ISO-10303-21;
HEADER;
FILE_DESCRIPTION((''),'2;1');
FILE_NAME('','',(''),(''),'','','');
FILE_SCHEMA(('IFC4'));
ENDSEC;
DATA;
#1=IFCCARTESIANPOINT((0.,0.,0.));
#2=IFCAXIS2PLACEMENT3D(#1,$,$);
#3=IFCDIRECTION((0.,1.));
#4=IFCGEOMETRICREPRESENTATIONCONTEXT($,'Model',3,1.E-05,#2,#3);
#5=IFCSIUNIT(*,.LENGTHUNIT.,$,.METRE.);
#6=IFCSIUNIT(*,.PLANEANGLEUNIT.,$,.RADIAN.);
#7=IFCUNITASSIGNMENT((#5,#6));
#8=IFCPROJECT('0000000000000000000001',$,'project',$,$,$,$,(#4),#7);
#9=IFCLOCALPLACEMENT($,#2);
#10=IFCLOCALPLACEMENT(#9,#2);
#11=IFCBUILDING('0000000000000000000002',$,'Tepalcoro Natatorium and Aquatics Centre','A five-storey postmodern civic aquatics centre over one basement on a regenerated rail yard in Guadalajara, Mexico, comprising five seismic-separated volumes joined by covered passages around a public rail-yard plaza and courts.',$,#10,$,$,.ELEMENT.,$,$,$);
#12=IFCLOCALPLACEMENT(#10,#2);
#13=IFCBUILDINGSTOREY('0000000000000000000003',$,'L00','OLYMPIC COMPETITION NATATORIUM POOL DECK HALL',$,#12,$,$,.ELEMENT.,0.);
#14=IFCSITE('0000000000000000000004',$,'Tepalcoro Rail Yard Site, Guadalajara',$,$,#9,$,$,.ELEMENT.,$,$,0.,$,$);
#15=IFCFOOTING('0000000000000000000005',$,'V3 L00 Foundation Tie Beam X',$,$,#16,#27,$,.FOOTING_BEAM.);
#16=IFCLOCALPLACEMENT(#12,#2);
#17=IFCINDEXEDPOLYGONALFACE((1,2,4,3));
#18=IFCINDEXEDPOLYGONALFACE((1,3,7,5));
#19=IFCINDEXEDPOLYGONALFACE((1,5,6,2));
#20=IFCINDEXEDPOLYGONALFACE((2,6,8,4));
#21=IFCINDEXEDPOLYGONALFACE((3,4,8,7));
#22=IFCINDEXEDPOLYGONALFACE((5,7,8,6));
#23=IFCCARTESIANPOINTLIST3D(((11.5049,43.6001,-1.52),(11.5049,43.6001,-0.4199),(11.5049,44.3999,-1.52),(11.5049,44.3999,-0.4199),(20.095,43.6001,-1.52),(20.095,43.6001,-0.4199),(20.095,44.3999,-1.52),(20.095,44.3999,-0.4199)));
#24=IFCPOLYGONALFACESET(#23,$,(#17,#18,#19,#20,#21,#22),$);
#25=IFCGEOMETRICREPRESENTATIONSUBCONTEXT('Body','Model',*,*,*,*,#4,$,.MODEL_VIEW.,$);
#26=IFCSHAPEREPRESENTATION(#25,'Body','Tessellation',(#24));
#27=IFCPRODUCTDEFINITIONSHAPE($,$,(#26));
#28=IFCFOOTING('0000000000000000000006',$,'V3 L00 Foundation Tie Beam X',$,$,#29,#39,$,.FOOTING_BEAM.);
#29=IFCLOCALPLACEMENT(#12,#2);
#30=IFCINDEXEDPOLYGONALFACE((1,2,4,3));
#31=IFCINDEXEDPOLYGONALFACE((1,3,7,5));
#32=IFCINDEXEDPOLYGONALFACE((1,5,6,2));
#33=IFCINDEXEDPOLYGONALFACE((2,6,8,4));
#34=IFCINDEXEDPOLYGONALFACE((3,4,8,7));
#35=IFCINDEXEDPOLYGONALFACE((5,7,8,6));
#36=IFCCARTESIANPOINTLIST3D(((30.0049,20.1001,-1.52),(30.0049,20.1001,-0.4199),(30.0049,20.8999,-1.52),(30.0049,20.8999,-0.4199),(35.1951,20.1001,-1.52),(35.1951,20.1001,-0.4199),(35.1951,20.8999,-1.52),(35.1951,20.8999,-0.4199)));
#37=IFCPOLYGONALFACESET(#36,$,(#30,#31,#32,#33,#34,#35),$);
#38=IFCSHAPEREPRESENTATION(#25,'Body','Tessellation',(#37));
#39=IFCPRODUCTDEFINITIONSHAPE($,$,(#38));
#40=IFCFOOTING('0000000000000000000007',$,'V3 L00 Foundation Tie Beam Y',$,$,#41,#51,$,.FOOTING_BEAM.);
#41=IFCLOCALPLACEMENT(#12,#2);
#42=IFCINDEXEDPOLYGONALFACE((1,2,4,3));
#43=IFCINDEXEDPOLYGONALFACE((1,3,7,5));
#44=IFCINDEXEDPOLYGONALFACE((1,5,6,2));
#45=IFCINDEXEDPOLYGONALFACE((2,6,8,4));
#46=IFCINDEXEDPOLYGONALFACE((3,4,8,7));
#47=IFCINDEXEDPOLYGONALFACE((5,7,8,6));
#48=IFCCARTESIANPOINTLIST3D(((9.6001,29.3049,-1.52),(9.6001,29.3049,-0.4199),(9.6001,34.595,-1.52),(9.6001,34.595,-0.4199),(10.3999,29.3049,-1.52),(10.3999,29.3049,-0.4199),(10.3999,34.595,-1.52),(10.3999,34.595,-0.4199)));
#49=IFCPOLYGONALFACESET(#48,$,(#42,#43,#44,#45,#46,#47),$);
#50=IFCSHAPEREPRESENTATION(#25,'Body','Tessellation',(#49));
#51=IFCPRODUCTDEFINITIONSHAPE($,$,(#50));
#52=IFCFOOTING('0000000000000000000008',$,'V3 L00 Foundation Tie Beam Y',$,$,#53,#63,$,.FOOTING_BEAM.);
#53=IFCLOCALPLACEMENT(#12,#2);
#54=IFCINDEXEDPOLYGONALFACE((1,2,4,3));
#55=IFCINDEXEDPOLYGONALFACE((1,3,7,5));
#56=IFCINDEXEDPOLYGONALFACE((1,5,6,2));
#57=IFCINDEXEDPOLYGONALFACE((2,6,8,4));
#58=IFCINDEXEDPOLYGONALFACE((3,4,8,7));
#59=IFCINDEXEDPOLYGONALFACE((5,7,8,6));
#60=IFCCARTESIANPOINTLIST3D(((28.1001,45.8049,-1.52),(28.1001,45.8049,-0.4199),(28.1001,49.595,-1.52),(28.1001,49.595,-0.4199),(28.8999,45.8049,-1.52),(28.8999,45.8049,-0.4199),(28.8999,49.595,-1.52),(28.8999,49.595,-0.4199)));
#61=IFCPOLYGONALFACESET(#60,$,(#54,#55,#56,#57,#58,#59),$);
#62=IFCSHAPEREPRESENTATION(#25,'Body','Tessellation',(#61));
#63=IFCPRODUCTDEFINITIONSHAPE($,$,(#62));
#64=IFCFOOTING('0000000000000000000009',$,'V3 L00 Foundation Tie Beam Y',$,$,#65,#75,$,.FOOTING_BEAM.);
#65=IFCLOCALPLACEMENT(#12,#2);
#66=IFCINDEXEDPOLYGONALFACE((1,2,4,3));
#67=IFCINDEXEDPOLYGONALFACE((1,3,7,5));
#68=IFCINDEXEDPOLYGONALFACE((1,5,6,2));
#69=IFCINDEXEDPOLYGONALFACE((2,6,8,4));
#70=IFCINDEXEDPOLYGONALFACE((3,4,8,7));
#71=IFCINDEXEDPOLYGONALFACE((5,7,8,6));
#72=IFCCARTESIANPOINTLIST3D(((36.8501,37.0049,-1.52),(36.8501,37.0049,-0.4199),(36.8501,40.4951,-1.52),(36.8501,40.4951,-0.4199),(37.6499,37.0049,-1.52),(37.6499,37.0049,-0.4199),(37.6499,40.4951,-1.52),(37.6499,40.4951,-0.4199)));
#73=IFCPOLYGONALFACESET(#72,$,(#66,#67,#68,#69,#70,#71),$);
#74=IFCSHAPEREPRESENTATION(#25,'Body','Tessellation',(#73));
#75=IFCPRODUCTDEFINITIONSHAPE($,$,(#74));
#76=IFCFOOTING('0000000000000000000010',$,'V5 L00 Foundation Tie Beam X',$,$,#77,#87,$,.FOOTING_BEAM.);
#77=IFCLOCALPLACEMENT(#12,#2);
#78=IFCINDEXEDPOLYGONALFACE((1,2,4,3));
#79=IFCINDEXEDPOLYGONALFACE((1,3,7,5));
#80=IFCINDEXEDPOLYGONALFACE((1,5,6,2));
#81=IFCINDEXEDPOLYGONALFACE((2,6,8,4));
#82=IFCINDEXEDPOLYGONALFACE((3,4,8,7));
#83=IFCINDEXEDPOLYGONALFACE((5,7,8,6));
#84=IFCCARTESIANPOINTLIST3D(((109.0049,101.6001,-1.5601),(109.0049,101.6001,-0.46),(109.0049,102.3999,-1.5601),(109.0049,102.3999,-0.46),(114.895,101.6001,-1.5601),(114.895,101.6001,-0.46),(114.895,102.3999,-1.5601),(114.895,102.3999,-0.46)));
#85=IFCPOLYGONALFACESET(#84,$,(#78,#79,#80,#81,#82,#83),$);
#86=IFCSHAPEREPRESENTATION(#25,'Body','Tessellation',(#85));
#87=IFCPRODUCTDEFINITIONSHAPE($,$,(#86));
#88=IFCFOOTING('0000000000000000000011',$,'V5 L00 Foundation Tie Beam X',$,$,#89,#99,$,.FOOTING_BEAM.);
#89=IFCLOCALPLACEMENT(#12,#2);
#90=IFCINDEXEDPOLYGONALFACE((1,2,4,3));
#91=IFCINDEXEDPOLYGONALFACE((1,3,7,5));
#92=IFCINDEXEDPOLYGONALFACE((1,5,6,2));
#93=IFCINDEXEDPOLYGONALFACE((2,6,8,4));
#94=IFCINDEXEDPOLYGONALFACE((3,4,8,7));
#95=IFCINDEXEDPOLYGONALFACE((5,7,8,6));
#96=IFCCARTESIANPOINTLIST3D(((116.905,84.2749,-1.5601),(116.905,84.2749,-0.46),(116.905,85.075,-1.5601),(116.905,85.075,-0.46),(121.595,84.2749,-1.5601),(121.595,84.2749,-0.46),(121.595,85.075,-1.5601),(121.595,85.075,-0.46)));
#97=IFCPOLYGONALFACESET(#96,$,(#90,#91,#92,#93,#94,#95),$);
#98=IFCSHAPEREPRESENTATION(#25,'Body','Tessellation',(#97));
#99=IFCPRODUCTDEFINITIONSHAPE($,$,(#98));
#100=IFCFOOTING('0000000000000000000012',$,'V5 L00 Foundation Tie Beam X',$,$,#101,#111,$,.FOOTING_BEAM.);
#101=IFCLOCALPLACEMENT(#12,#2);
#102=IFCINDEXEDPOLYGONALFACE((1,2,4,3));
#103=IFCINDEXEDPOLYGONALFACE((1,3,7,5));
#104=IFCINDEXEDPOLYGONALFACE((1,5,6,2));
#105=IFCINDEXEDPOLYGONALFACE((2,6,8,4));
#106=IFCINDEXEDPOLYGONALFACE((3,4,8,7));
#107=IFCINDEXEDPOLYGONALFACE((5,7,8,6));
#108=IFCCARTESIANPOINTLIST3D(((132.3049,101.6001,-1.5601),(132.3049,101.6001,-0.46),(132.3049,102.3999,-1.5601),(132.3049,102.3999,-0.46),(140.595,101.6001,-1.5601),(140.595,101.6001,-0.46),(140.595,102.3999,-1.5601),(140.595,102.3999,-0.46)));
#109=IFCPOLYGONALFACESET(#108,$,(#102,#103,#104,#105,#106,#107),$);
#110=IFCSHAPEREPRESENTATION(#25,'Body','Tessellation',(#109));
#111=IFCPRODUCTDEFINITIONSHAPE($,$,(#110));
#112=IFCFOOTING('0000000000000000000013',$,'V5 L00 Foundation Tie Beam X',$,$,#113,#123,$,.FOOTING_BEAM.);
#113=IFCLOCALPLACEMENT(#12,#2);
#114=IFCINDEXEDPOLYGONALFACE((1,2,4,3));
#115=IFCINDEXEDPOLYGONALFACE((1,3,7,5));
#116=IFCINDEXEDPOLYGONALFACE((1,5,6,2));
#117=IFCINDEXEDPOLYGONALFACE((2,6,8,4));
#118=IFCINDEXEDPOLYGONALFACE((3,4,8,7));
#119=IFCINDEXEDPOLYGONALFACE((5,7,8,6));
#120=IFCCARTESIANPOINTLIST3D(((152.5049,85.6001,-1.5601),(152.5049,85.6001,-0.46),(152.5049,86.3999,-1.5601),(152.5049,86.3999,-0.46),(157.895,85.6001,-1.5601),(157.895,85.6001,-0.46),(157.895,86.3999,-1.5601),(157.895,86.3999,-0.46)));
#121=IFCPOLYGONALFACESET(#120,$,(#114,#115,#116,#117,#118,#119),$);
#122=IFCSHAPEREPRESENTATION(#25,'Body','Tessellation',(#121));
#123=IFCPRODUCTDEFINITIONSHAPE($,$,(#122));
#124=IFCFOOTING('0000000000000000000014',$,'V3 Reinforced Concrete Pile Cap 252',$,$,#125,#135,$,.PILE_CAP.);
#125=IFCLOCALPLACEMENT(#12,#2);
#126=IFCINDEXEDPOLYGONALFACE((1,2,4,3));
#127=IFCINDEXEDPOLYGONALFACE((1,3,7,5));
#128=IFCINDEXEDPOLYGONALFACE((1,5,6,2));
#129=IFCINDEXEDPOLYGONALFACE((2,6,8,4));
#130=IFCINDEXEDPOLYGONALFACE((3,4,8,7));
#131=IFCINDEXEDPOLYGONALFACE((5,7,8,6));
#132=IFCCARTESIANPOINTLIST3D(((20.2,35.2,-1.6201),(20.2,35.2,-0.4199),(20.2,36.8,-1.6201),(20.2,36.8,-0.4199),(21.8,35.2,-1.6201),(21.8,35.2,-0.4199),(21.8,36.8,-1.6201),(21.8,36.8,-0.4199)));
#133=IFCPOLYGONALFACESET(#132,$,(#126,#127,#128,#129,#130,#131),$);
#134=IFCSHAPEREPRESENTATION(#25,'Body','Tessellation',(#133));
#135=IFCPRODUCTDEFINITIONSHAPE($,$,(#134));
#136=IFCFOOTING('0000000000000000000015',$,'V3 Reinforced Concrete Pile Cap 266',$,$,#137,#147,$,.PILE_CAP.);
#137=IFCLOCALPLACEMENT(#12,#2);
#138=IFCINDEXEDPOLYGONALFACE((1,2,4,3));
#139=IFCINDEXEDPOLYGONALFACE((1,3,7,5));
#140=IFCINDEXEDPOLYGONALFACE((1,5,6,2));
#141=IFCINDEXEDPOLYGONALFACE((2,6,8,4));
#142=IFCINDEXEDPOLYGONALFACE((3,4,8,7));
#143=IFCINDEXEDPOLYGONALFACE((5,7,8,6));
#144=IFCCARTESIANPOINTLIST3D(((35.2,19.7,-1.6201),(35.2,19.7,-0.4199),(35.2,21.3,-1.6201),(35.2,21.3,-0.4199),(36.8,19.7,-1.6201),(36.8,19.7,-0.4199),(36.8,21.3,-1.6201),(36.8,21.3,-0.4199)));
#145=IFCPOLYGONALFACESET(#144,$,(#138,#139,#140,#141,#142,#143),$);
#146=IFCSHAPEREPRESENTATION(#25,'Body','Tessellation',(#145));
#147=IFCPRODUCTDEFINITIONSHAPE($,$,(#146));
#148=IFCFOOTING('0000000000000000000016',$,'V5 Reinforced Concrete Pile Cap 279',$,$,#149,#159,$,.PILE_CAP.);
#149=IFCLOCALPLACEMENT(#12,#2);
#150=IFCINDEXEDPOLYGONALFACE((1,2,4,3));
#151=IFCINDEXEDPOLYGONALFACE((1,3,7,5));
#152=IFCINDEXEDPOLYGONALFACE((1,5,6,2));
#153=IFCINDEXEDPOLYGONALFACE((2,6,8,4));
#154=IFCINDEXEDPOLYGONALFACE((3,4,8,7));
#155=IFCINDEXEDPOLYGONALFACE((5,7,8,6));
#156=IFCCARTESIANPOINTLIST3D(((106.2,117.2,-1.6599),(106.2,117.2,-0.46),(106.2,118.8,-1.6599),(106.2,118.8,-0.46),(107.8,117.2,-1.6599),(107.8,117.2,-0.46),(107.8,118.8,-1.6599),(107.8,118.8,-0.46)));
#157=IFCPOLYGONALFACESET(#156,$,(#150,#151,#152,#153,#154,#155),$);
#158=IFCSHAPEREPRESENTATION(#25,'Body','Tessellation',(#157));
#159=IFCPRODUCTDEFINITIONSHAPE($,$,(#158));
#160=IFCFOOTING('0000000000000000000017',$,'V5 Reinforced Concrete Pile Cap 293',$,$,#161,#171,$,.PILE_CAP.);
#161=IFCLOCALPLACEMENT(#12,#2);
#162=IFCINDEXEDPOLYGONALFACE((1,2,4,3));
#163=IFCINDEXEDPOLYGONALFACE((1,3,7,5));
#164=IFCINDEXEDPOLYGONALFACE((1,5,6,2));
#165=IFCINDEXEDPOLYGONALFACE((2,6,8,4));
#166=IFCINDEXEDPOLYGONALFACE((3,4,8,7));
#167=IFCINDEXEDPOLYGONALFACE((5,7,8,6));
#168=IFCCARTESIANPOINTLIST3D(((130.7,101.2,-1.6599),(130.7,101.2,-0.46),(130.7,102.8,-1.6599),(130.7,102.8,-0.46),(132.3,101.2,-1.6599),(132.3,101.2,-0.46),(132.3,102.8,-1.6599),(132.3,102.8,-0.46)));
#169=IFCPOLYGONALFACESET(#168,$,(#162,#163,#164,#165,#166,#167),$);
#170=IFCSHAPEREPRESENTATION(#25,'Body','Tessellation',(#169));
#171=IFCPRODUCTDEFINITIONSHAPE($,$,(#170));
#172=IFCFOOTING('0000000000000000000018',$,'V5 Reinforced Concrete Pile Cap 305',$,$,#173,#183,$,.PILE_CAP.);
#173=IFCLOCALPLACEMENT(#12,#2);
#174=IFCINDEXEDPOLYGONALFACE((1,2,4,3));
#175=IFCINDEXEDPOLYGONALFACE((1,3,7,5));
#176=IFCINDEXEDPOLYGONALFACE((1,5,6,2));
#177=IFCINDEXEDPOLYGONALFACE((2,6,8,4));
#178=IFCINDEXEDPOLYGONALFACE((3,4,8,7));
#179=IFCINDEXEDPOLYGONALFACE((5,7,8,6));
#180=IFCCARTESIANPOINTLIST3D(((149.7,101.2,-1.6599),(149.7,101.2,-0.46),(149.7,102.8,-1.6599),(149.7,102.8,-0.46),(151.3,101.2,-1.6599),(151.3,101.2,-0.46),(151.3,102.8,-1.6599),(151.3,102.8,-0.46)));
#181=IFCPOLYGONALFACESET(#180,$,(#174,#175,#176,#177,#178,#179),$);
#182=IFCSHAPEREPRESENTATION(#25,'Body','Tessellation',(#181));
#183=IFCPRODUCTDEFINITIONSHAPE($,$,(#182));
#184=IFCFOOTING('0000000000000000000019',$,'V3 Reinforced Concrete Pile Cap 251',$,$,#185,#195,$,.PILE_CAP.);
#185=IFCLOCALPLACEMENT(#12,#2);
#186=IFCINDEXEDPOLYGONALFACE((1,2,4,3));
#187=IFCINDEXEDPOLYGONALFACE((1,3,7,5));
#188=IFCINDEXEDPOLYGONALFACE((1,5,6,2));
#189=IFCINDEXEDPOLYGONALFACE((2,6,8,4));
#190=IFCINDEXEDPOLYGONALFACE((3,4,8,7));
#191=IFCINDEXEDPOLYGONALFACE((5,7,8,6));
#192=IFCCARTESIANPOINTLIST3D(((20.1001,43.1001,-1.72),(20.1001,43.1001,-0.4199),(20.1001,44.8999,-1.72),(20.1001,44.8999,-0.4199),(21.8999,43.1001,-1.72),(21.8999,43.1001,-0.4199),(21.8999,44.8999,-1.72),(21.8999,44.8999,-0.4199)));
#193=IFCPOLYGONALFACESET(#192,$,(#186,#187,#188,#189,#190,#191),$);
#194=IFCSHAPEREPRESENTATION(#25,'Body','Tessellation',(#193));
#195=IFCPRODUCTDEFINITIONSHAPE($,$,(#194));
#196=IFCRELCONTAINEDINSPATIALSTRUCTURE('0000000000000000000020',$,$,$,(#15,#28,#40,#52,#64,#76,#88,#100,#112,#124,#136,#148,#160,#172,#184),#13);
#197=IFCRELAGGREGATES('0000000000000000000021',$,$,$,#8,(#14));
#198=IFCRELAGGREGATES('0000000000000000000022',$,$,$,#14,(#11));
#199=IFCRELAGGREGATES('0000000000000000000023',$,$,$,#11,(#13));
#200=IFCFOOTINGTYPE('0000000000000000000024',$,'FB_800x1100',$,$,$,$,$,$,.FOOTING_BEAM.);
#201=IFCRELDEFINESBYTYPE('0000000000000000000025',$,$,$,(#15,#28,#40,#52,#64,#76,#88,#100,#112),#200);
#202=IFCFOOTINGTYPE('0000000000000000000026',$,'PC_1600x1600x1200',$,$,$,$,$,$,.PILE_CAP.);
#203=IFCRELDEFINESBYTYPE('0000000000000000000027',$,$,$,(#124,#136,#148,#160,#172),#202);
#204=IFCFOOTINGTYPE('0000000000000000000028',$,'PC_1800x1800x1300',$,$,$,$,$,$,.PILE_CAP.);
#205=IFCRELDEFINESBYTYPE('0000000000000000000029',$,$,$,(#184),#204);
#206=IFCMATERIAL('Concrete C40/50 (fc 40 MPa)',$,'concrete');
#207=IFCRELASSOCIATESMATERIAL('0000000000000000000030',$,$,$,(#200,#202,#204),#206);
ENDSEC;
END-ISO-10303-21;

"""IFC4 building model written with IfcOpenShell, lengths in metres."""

from ifc_helpers import new_model, si_unit, direction, frame, origin, place, context, subcontext, project, spatial, polyline, outline, extrude, material, type_object, element, save


model = new_model("IFC4")

# Units and contexts
model_context = context("Model", 3, precision=1e-05, world=origin(), true_north=direction((0.0, 1.0)))
body_context = subcontext(model_context, "Body", "Model", "MODEL_VIEW")
ifc_project = project(units=[si_unit("LENGTHUNIT", "METRE"), si_unit("PLANEANGLEUNIT", "RADIAN")], contexts=[model_context])

# Site, building, storey
site_placement = place(None, origin())
site = spatial("IfcSite", under=ifc_project, at=site_placement, Name="Tepalcoro Rail Yard Site, Guadalajara", CompositionType="ELEMENT", RefElevation=0.0)
building_placement = place(site_placement, origin())
building = spatial("IfcBuilding", under=site, at=building_placement, Name="Tepalcoro Natatorium and Aquatics Centre", Description="A five-storey postmodern civic aquatics centre over one basement on a regenerated rail yard in Guadalajara, Mexico, comprising five seismic-separated volumes joined by covered passages around a public rail-yard plaza and courts.", CompositionType="ELEMENT")
storey_placement = place(building_placement, origin())
storey = spatial("IfcBuildingStorey", under=building, at=storey_placement, Name="L00", Description="OLYMPIC COMPETITION NATATORIUM POOL DECK HALL", CompositionType="ELEMENT", Elevation=0.0)

# Footings
ifc_material = material(Name="Concrete C40/50 (fc 40 MPa)", Category="concrete")
footing_type_1 = type_object("IfcFootingType", Name="FB_800x1100", PredefinedType="FOOTING_BEAM", material=ifc_material)
footing_1_placement = place(storey_placement, frame((0.0, 0.0, -1.52)))
element("IfcFooting", 1, at=footing_1_placement, inside=storey, type_object=footing_type_1, Name="V3 L00 Foundation Tie Beam X", PredefinedType="FOOTING_BEAM", context=body_context, shape_type="SweptSolid", body=[
    extrude(outline(polyline([(11.5049, 43.6001), (20.095, 43.6001), (20.095, 44.3999), (11.5049, 44.3999), (11.5049, 43.6001)])), origin(), (0.0, 0.0, 1.0), 1.1001),
])
footing_2_placement = place(storey_placement, frame((0.0, 0.0, -1.52)))
element("IfcFooting", 2, at=footing_2_placement, inside=storey, type_object=footing_type_1, Name="V3 L00 Foundation Tie Beam X", PredefinedType="FOOTING_BEAM", context=body_context, shape_type="SweptSolid", body=[
    extrude(outline(polyline([(30.0049, 20.1001), (35.1951, 20.1001), (35.1951, 20.8999), (30.0049, 20.8999), (30.0049, 20.1001)])), origin(), (0.0, 0.0, 1.0), 1.1001),
])
footing_3_placement = place(storey_placement, frame((0.0, 0.0, -1.52)))
element("IfcFooting", 3, at=footing_3_placement, inside=storey, type_object=footing_type_1, Name="V3 L00 Foundation Tie Beam Y", PredefinedType="FOOTING_BEAM", context=body_context, shape_type="SweptSolid", body=[
    extrude(outline(polyline([(10.3999, 29.3049), (10.3999, 34.595), (9.6001, 34.595), (9.6001, 29.3049), (10.3999, 29.3049)])), origin(), (0.0, 0.0, 1.0), 1.1001),
])
footing_4_placement = place(storey_placement, frame((0.0, 0.0, -1.52)))
element("IfcFooting", 4, at=footing_4_placement, inside=storey, type_object=footing_type_1, Name="V3 L00 Foundation Tie Beam Y", PredefinedType="FOOTING_BEAM", context=body_context, shape_type="SweptSolid", body=[
    extrude(outline(polyline([(28.8999, 45.8049), (28.8999, 49.595), (28.1001, 49.595), (28.1001, 45.8049), (28.8999, 45.8049)])), origin(), (0.0, 0.0, 1.0), 1.1001),
])
footing_5_placement = place(storey_placement, frame((0.0, 0.0, -1.52)))
element("IfcFooting", 5, at=footing_5_placement, inside=storey, type_object=footing_type_1, Name="V3 L00 Foundation Tie Beam Y", PredefinedType="FOOTING_BEAM", context=body_context, shape_type="SweptSolid", body=[
    extrude(outline(polyline([(37.6499, 37.0049), (37.6499, 40.4951), (36.8501, 40.4951), (36.8501, 37.0049), (37.6499, 37.0049)])), origin(), (0.0, 0.0, 1.0), 1.1001),
])
footing_6_placement = place(storey_placement, frame((0.0, 0.0, -1.5601)))
element("IfcFooting", 6, at=footing_6_placement, inside=storey, type_object=footing_type_1, Name="V5 L00 Foundation Tie Beam X", PredefinedType="FOOTING_BEAM", context=body_context, shape_type="SweptSolid", body=[
    extrude(outline(polyline([(109.0049, 101.6001), (114.895, 101.6001), (114.895, 102.3999), (109.0049, 102.3999), (109.0049, 101.6001)])), origin(), (0.0, 0.0, 1.0), 1.1001),
])
footing_7_placement = place(storey_placement, frame((0.0, 0.0, -1.5601)))
element("IfcFooting", 7, at=footing_7_placement, inside=storey, type_object=footing_type_1, Name="V5 L00 Foundation Tie Beam X", PredefinedType="FOOTING_BEAM", context=body_context, shape_type="SweptSolid", body=[
    extrude(outline(polyline([(116.905, 84.2749), (121.595, 84.2749), (121.595, 85.075), (116.905, 85.075), (116.905, 84.2749)])), origin(), (0.0, 0.0, 1.0), 1.1001),
])
footing_8_placement = place(storey_placement, frame((0.0, 0.0, -1.5601)))
element("IfcFooting", 8, at=footing_8_placement, inside=storey, type_object=footing_type_1, Name="V5 L00 Foundation Tie Beam X", PredefinedType="FOOTING_BEAM", context=body_context, shape_type="SweptSolid", body=[
    extrude(outline(polyline([(132.3049, 101.6001), (140.595, 101.6001), (140.595, 102.3999), (132.3049, 102.3999), (132.3049, 101.6001)])), origin(), (0.0, 0.0, 1.0), 1.1001),
])
footing_9_placement = place(storey_placement, frame((0.0, 0.0, -1.5601)))
element("IfcFooting", 9, at=footing_9_placement, inside=storey, type_object=footing_type_1, Name="V5 L00 Foundation Tie Beam X", PredefinedType="FOOTING_BEAM", context=body_context, shape_type="SweptSolid", body=[
    extrude(outline(polyline([(152.5049, 85.6001), (157.895, 85.6001), (157.895, 86.3999), (152.5049, 86.3999), (152.5049, 85.6001)])), origin(), (0.0, 0.0, 1.0), 1.1001),
])
footing_type_2 = type_object("IfcFootingType", Name="PC_1600x1600x1200", PredefinedType="PILE_CAP", material=ifc_material)
footing_10_placement = place(storey_placement, frame((0.0, 0.0, -1.6201)))
element("IfcFooting", 10, at=footing_10_placement, inside=storey, type_object=footing_type_2, Name="V3 Reinforced Concrete Pile Cap 252", PredefinedType="PILE_CAP", context=body_context, shape_type="SweptSolid", body=[
    extrude(outline(polyline([(20.2, 35.2), (21.8, 35.2), (21.8, 36.8), (20.2, 36.8), (20.2, 35.2)])), origin(), (0.0, 0.0, 1.0), 1.2002),
])
footing_11_placement = place(storey_placement, frame((0.0, 0.0, -1.6201)))
element("IfcFooting", 11, at=footing_11_placement, inside=storey, type_object=footing_type_2, Name="V3 Reinforced Concrete Pile Cap 266", PredefinedType="PILE_CAP", context=body_context, shape_type="SweptSolid", body=[
    extrude(outline(polyline([(35.2, 19.7), (36.8, 19.7), (36.8, 21.3), (35.2, 21.3), (35.2, 19.7)])), origin(), (0.0, 0.0, 1.0), 1.2002),
])
footing_12_placement = place(storey_placement, frame((0.0, 0.0, -1.6599)))
element("IfcFooting", 12, at=footing_12_placement, inside=storey, type_object=footing_type_2, Name="V5 Reinforced Concrete Pile Cap 279", PredefinedType="PILE_CAP", context=body_context, shape_type="SweptSolid", body=[
    extrude(outline(polyline([(106.2, 117.2), (107.8, 117.2), (107.8, 118.8), (106.2, 118.8), (106.2, 117.2)])), origin(), (0.0, 0.0, 1.0), 1.2),
])
footing_13_placement = place(storey_placement, frame((0.0, 0.0, -1.6599)))
element("IfcFooting", 13, at=footing_13_placement, inside=storey, type_object=footing_type_2, Name="V5 Reinforced Concrete Pile Cap 293", PredefinedType="PILE_CAP", context=body_context, shape_type="SweptSolid", body=[
    extrude(outline(polyline([(130.7, 101.2), (132.3, 101.2), (132.3, 102.8), (130.7, 102.8), (130.7, 101.2)])), origin(), (0.0, 0.0, 1.0), 1.2),
])
footing_14_placement = place(storey_placement, frame((0.0, 0.0, -1.6599)))
element("IfcFooting", 14, at=footing_14_placement, inside=storey, type_object=footing_type_2, Name="V5 Reinforced Concrete Pile Cap 305", PredefinedType="PILE_CAP", context=body_context, shape_type="SweptSolid", body=[
    extrude(outline(polyline([(149.7, 101.2), (151.3, 101.2), (151.3, 102.8), (149.7, 102.8), (149.7, 101.2)])), origin(), (0.0, 0.0, 1.0), 1.2),
])
footing_type_3 = type_object("IfcFootingType", Name="PC_1800x1800x1300", PredefinedType="PILE_CAP", material=ifc_material)
footing_15_placement = place(storey_placement, frame((0.0, 0.0, -1.72)))
element("IfcFooting", 15, at=footing_15_placement, inside=storey, type_object=footing_type_3, Name="V3 Reinforced Concrete Pile Cap 251", PredefinedType="PILE_CAP", context=body_context, shape_type="SweptSolid", body=[
    extrude(outline(polyline([(20.1001, 43.1001), (21.8999, 43.1001), (21.8999, 44.8999), (20.1001, 44.8999), (20.1001, 43.1001)])), origin(), (0.0, 0.0, 1.0), 1.3),
])

save(model, "model.ifc")
